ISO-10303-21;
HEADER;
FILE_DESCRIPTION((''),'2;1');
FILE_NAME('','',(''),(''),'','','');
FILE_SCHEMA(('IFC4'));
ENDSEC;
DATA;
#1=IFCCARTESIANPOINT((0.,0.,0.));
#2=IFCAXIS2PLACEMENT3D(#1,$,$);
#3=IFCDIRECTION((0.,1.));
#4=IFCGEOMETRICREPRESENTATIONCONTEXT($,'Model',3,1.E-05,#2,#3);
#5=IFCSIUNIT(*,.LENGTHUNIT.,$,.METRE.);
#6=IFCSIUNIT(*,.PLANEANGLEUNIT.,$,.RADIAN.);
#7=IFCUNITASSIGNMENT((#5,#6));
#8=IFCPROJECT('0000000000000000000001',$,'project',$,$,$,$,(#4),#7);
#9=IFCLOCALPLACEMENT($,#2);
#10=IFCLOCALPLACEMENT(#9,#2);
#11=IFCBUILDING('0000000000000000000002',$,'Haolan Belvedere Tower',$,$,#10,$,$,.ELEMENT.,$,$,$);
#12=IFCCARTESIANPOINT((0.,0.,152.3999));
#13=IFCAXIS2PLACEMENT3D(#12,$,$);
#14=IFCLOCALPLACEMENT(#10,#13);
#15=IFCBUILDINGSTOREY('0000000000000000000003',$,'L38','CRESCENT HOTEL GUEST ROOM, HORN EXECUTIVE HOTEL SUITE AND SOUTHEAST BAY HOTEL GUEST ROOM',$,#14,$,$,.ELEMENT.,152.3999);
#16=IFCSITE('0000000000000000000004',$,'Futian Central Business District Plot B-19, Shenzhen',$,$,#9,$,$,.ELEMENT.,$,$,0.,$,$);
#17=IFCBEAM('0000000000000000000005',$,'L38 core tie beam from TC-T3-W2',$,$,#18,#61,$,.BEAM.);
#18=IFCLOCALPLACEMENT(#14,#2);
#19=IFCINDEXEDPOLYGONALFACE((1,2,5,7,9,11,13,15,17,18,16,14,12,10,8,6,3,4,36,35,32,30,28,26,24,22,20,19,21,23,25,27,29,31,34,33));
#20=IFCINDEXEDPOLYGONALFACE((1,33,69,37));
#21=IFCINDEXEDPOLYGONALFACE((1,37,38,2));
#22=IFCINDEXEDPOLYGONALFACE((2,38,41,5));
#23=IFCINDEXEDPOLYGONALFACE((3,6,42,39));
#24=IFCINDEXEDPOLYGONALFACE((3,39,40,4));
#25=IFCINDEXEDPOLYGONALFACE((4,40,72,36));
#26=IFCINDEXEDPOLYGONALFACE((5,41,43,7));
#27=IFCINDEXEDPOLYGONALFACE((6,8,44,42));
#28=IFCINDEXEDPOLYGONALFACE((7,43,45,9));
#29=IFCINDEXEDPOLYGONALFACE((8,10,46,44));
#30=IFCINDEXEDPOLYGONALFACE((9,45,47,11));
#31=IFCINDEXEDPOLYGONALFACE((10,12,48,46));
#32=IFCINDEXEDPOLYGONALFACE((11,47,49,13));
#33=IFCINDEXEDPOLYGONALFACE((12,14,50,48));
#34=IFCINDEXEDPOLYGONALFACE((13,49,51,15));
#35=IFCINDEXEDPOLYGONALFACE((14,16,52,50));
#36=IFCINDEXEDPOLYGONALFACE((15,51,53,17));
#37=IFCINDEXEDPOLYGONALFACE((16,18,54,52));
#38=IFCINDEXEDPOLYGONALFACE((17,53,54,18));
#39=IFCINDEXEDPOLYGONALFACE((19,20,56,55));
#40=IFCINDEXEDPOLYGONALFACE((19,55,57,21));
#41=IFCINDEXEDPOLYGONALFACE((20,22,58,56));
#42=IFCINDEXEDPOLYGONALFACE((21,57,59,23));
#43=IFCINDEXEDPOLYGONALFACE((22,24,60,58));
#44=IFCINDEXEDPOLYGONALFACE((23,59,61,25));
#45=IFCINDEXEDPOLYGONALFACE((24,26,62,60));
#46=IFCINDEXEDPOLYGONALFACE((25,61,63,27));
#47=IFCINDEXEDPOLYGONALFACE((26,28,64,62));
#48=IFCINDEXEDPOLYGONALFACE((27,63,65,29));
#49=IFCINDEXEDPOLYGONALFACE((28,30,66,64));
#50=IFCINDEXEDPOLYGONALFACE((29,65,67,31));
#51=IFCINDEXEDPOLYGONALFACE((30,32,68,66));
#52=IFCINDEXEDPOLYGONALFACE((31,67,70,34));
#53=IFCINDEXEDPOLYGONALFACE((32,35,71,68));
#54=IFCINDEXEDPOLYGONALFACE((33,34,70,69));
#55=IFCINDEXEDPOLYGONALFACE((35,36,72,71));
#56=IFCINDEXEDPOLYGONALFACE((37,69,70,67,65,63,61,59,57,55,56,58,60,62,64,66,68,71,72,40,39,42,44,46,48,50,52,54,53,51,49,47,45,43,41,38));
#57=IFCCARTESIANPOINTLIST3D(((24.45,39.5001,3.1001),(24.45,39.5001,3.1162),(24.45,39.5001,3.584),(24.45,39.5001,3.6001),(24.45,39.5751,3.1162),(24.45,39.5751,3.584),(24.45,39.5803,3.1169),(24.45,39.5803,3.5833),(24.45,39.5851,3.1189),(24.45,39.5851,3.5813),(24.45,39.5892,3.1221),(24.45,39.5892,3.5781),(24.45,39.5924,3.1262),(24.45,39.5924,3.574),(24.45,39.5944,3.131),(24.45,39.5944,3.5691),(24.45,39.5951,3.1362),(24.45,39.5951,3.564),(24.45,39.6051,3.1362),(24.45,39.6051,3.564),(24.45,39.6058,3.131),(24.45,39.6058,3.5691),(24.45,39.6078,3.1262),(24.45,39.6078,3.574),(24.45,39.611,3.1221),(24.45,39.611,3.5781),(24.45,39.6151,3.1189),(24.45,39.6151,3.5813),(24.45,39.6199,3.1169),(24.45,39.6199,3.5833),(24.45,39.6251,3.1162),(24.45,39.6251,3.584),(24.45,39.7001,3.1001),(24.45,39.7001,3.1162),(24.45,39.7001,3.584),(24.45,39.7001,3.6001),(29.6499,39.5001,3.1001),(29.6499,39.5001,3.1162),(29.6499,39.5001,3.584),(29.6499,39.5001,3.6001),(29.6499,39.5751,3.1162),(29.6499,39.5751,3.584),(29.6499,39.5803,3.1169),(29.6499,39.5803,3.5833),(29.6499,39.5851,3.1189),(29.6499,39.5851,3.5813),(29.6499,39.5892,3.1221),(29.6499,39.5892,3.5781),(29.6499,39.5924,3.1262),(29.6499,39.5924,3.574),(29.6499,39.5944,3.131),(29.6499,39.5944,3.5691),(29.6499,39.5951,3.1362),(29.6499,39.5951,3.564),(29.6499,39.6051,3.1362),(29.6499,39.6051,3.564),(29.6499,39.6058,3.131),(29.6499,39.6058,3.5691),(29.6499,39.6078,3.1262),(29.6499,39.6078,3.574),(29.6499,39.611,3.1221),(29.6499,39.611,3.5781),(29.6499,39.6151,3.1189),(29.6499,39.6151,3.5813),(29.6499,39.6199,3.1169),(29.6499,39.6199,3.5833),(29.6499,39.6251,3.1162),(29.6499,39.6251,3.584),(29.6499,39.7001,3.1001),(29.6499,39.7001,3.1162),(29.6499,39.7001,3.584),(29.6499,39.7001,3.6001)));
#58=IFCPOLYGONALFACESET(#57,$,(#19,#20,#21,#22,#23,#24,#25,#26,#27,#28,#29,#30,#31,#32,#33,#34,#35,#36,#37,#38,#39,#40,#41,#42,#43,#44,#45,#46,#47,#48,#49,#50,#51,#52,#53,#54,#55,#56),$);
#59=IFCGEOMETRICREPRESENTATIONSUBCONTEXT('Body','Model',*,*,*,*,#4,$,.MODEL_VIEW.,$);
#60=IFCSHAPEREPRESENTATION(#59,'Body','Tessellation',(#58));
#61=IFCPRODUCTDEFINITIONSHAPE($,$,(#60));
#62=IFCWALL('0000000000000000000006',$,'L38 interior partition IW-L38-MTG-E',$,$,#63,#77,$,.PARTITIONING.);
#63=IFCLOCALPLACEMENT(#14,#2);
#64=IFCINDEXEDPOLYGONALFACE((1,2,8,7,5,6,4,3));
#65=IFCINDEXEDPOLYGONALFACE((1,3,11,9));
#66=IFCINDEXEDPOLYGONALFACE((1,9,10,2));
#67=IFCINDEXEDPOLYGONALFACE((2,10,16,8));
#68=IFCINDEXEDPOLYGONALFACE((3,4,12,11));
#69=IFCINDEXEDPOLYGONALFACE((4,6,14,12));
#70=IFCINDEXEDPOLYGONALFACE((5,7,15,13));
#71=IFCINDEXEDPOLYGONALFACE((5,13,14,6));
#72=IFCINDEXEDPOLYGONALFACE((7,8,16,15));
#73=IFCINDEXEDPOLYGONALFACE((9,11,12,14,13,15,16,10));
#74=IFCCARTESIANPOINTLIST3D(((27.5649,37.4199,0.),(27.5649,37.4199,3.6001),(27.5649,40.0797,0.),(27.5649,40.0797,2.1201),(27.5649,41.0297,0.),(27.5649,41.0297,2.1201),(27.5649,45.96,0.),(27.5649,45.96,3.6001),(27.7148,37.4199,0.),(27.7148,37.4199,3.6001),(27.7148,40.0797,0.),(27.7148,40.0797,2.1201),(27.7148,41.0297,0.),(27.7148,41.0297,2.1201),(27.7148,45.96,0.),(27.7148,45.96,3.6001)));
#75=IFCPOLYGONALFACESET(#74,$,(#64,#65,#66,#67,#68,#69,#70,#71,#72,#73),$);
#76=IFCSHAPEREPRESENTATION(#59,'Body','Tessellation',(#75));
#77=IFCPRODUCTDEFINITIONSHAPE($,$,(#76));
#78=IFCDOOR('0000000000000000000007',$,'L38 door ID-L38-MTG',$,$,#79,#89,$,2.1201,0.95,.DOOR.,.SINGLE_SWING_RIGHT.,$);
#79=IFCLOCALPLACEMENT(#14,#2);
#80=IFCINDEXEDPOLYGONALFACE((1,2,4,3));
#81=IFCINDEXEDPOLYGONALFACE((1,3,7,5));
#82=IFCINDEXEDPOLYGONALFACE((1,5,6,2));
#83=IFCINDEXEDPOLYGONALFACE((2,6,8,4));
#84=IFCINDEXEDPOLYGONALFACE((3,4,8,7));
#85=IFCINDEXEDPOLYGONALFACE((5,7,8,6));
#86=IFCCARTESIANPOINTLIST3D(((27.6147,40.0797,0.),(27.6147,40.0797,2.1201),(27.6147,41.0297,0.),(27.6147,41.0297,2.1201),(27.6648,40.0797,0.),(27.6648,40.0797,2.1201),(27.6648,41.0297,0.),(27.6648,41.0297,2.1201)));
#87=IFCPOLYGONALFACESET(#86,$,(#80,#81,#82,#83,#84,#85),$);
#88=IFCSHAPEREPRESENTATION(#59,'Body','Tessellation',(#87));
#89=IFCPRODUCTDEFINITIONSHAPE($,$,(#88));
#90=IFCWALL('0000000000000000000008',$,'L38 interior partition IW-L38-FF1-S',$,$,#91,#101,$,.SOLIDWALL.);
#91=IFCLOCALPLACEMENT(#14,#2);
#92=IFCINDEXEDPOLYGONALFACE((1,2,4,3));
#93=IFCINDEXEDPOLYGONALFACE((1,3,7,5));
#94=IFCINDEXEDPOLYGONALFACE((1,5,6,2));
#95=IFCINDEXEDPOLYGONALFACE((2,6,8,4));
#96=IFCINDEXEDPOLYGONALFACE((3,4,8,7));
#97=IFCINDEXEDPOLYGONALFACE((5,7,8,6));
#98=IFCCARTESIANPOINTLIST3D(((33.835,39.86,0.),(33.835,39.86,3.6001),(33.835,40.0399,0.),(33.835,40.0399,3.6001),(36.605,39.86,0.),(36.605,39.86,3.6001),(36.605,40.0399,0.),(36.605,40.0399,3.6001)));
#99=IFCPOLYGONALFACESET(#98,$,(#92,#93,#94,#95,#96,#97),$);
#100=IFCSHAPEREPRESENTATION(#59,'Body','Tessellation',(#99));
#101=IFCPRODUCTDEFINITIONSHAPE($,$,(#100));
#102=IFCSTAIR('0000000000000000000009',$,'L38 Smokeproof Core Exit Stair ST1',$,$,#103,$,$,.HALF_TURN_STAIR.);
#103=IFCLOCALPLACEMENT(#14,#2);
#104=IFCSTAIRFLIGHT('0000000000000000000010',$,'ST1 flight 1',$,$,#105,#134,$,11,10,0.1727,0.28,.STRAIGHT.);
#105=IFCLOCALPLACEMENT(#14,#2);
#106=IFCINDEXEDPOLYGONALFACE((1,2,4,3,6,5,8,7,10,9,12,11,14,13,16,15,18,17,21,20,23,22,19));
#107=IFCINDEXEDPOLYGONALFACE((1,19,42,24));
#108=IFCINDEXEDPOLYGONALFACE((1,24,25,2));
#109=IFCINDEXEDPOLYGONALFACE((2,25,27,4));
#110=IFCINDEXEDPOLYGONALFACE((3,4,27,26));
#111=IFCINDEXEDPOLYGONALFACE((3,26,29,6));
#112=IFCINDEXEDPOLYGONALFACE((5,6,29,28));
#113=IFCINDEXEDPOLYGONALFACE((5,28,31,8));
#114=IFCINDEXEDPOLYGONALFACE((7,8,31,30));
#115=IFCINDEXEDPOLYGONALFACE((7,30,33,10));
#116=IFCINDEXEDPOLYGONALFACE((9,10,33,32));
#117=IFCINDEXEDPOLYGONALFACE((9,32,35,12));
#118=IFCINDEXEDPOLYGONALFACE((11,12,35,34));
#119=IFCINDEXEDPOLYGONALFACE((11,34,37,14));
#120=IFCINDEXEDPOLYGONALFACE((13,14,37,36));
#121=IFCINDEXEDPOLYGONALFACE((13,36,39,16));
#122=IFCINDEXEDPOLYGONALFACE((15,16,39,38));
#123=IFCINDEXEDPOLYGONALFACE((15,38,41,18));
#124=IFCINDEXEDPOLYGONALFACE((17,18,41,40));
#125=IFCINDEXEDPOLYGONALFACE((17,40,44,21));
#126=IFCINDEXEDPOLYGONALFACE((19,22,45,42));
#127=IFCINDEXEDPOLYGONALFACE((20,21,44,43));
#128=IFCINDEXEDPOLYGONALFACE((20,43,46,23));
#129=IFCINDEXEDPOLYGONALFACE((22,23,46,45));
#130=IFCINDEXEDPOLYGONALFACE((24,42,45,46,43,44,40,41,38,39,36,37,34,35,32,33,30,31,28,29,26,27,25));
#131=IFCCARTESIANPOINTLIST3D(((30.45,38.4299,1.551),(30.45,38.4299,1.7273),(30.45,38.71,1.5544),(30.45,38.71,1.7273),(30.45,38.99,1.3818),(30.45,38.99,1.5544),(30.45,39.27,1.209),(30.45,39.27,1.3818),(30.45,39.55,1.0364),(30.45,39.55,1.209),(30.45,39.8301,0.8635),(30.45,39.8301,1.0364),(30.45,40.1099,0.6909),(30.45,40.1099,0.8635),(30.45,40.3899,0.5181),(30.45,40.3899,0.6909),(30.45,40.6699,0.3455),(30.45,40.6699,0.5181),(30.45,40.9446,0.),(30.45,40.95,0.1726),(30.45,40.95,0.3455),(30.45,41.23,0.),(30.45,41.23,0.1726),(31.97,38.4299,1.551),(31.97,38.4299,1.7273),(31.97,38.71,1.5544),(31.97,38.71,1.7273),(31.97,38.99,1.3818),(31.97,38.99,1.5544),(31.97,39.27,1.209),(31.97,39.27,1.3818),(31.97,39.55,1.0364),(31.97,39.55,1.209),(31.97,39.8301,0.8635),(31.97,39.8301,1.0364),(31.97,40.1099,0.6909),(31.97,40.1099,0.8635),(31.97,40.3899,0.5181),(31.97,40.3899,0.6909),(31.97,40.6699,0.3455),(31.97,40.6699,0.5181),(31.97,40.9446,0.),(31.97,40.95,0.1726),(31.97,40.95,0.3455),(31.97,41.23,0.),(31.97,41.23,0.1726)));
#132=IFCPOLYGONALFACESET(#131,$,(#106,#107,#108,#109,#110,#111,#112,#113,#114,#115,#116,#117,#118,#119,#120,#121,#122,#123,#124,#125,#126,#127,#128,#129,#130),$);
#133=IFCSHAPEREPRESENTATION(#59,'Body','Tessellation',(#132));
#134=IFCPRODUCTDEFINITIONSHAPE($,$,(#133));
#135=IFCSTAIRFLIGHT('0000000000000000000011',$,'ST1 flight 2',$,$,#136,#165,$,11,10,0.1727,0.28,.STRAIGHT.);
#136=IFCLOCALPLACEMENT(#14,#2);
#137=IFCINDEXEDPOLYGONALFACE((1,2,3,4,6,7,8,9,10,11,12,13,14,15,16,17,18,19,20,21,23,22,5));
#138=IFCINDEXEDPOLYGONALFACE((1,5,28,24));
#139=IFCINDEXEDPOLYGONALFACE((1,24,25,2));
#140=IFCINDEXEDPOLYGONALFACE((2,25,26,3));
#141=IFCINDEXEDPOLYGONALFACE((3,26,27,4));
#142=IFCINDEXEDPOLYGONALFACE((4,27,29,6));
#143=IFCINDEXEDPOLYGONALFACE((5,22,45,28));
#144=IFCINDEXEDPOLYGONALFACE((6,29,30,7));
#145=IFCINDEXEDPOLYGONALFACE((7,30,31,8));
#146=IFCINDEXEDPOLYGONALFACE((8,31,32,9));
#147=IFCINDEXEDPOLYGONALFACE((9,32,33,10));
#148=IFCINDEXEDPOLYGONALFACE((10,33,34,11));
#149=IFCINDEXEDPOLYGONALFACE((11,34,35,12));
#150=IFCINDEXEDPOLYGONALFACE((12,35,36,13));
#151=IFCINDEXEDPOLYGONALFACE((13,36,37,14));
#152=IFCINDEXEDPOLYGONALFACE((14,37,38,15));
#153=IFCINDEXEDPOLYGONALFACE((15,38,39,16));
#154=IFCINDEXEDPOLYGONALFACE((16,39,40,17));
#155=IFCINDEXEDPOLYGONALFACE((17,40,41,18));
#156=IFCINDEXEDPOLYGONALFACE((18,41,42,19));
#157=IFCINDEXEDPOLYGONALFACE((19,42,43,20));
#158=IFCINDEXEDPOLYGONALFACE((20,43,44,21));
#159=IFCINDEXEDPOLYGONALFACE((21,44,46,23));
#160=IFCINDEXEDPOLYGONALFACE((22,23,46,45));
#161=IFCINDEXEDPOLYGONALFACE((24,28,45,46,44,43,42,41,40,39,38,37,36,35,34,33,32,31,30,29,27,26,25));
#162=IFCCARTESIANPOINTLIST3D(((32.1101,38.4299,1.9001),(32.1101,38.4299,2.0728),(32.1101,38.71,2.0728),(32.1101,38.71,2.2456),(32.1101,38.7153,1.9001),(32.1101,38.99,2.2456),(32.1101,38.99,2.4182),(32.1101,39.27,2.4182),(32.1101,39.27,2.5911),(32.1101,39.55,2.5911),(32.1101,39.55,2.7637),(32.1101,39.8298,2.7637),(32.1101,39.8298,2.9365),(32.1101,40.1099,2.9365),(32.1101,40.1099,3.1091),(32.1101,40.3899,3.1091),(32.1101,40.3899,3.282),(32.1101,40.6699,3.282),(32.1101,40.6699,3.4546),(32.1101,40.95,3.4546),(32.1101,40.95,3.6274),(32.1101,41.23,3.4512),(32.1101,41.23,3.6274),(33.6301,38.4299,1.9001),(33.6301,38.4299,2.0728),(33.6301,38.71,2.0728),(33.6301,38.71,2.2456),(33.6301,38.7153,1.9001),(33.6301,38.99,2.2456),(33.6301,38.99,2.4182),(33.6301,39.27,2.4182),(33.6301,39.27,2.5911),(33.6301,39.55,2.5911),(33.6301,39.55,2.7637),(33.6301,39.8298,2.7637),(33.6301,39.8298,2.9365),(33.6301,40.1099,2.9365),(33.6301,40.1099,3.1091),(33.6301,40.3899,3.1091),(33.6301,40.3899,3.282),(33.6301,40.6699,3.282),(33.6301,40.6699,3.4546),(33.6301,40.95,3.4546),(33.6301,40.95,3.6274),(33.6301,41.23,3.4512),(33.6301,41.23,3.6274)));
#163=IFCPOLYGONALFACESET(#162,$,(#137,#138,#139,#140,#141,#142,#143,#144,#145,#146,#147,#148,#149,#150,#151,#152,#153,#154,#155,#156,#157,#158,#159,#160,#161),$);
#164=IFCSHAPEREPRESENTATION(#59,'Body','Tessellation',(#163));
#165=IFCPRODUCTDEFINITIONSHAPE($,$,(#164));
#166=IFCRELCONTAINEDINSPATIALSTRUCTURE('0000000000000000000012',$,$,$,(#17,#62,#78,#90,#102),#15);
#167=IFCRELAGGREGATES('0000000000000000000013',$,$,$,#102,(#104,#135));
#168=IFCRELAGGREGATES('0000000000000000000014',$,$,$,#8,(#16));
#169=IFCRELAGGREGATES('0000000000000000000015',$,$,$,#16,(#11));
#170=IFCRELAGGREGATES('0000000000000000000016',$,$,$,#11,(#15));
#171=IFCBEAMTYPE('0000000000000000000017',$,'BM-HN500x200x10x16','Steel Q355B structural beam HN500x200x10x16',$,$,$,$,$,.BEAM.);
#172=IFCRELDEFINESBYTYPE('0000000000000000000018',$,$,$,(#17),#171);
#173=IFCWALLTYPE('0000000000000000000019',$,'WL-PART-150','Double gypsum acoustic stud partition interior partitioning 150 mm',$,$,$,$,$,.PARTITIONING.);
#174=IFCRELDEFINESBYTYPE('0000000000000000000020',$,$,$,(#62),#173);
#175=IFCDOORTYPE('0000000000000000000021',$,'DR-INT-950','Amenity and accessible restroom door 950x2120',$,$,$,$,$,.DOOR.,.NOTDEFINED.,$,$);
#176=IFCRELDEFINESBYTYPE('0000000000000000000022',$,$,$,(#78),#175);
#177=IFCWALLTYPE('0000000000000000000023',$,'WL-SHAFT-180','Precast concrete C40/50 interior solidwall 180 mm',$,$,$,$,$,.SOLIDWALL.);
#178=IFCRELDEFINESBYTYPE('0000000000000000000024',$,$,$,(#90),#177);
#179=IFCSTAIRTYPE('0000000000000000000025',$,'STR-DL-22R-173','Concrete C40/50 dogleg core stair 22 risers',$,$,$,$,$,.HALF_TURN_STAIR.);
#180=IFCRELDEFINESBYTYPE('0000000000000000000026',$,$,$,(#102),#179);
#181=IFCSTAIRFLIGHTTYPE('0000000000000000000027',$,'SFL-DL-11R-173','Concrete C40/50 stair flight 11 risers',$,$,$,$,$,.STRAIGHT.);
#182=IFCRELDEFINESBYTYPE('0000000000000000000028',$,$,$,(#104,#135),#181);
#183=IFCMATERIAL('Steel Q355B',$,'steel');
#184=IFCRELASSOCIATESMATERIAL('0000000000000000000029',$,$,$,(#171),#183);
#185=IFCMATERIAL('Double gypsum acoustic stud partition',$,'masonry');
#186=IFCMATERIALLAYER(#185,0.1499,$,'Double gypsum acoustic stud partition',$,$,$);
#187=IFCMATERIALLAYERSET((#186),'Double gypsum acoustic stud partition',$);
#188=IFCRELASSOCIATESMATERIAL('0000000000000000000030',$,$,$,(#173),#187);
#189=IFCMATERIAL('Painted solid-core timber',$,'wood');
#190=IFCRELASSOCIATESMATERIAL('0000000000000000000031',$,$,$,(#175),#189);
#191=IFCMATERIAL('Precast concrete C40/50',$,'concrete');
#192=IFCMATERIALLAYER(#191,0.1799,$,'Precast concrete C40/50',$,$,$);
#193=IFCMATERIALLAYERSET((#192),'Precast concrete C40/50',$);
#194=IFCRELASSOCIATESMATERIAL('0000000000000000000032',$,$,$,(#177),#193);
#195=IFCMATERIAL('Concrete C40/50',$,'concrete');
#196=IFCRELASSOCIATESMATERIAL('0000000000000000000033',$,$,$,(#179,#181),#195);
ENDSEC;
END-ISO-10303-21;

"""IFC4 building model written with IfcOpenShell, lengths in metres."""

from ifc_helpers import new_model, si_unit, direction, frame, frame_2d, origin, origin_2d, place, context, subcontext, project, spatial, polyline, rectangle, i_section, outline, extrude, material, layer, layer_set, material_profile, profile_set, type_object, element, fill, aggregate, save


model = new_model("IFC4")

# Units and contexts
model_context = context("Model", 3, precision=1e-05, world=origin(), true_north=direction((0.0, 1.0)))
body_context = subcontext(model_context, "Body", "Model", "MODEL_VIEW")
ifc_project = project(units=[si_unit("LENGTHUNIT", "METRE"), si_unit("PLANEANGLEUNIT", "RADIAN")], contexts=[model_context])

# Site, building, storey
site_placement = place(None, origin())
site = spatial("IfcSite", under=ifc_project, at=site_placement, Name="Futian Central Business District Plot B-19, Shenzhen", CompositionType="ELEMENT", RefElevation=0.0)
building_placement = place(site_placement, origin())
building = spatial("IfcBuilding", under=site, at=building_placement, Name="Haolan Belvedere Tower", CompositionType="ELEMENT")
storey_placement = place(building_placement, frame((0.0, 0.0, 152.3999)))
storey = spatial("IfcBuildingStorey", under=building, at=storey_placement, Name="L38", Description="CRESCENT HOTEL GUEST ROOM, HORN EXECUTIVE HOTEL SUITE AND SOUTHEAST BAY HOTEL GUEST ROOM", CompositionType="ELEMENT", Elevation=152.3999)

# Beam
ifc_material_1 = material(Name="Steel Q355B", Category="steel")
ifc_material_profile = material_profile(ifc_material_1, i_section(OverallWidth=0.2, OverallDepth=0.5, WebThickness=0.01, FlangeThickness=0.0161, FilletRadius=0.02, at=origin_2d()), Name="Steel Q355B")
ifc_profile_set = profile_set([ifc_material_profile], Name="Steel Q355B")
beam_type = type_object("IfcBeamType", Name="BM-HN500x200x10x16", Description="Steel Q355B structural beam HN500x200x10x16", PredefinedType="BEAM", material=ifc_profile_set)
beam_placement = place(storey_placement, frame((24.45, 39.6001, 3.3501), z_axis=(1.0, 0.0, 0.0), x_axis=(0.0, 1.0, 0.0)))
element("IfcBeam", 1, at=beam_placement, inside=storey, type_object=beam_type, Name="L38 core tie beam from TC-T3-W2", PredefinedType="BEAM", context=body_context, shape_type="SweptSolid", body=[
    extrude(i_section(OverallWidth=0.2, OverallDepth=0.5, WebThickness=0.01, FlangeThickness=0.0161, FilletRadius=0.02, at=origin_2d()), origin(), (0.0, 0.0, 1.0), 5.2),
])

# Wall, opening, door
ifc_material_2 = material(Name="Double gypsum acoustic stud partition", Category="masonry")
ifc_layer_1 = layer(ifc_material_2, 0.1499, Name="Double gypsum acoustic stud partition")
ifc_layer_set_1 = layer_set([ifc_layer_1], Name="Double gypsum acoustic stud partition")
wall_type_1 = type_object("IfcWallType", Name="WL-PART-150", Description="Double gypsum acoustic stud partition interior partitioning 150 mm", PredefinedType="PARTITIONING", material=ifc_layer_set_1)
wall_1_placement = place(storey_placement, frame((27.6399, 37.4199, 0.0), z_axis=(0.0, 0.0, 1.0), x_axis=(0.0, 1.0, 0.0)))
wall_1 = element("IfcWall", 2, at=wall_1_placement, inside=storey, type_object=wall_type_1, Name="L38 interior partition IW-L38-MTG-E", PredefinedType="PARTITIONING", context=body_context, shape_type="SweptSolid", body=[
    extrude(rectangle(XDim=8.54, YDim=0.1499, at=frame_2d((4.27, 0.0))), origin(), (0.0, 0.0, 1.0), 3.6001),
])
opening_placement = place(wall_1_placement, frame((3.6099, 0.0, 0.0), z_axis=(0.0, 0.0, 1.0), x_axis=(-1.0, 0.0, 0.0)))
opening = element("IfcOpeningElement", 3, at=opening_placement, cuts=wall_1, PredefinedType="OPENING", context=body_context, shape_type="SweptSolid", body=[
    extrude(rectangle(XDim=0.95, YDim=2.1201, at=frame_2d((0.4751, 1.0601))), frame((0.0, 0.085, 0.0), z_axis=(0.0, -1.0, 0.0), x_axis=(1.0, 0.0, 0.0)), (0.0, 0.0, 1.0), 0.1699),
])
ifc_material_3 = material(Name="Painted solid-core timber", Category="wood")
door_type = type_object("IfcDoorType", Name="DR-INT-950", Description="Amenity and accessible restroom door 950x2120", OperationType="NOTDEFINED", PredefinedType="DOOR", material=ifc_material_3)
door_placement = place(opening_placement, origin())
door = element("IfcDoor", 4, at=door_placement, inside=storey, type_object=door_type, Name="L38 door ID-L38-MTG", OperationType="SINGLE_SWING_RIGHT", OverallHeight=2.1201, OverallWidth=0.95, PredefinedType="DOOR", context=body_context, shape_type="SweptSolid", body=[
    extrude(rectangle(XDim=0.95, YDim=2.1201, at=frame_2d((0.4751, 1.0601))), frame((0.0, 0.0249, 0.0), z_axis=(0.0, -1.0, 0.0), x_axis=(1.0, 0.0, 0.0)), (0.0, 0.0, 1.0), 0.05),
])
fill(opening, door)

# Wall
ifc_material_4 = material(Name="Precast concrete C40/50", Category="concrete")
ifc_layer_2 = layer(ifc_material_4, 0.1799, Name="Precast concrete C40/50")
ifc_layer_set_2 = layer_set([ifc_layer_2], Name="Precast concrete C40/50")
wall_type_2 = type_object("IfcWallType", Name="WL-SHAFT-180", Description="Precast concrete C40/50 interior solidwall 180 mm", PredefinedType="SOLIDWALL", material=ifc_layer_set_2)
wall_2_placement = place(storey_placement, frame((33.835, 39.95, 0.0), z_axis=(0.0, 0.0, 1.0), x_axis=(1.0, 0.0, 0.0)))
element("IfcWall", 5, at=wall_2_placement, inside=storey, type_object=wall_type_2, Name="L38 interior partition IW-L38-FF1-S", PredefinedType="SOLIDWALL", context=body_context, shape_type="SweptSolid", body=[
    extrude(rectangle(XDim=2.77, YDim=0.1799, at=frame_2d((1.385, 0.0))), origin(), (0.0, 0.0, 1.0), 3.6001),
])

# Stair, stair flights
ifc_material_5 = material(Name="Concrete C40/50", Category="concrete")
stair_type = type_object("IfcStairType", Name="STR-DL-22R-173", Description="Concrete C40/50 dogleg core stair 22 risers", PredefinedType="HALF_TURN_STAIR", material=ifc_material_5)
stair_placement = place(storey_placement, origin())
stair = element("IfcStair", 6, at=stair_placement, inside=storey, type_object=stair_type, Name="L38 Smokeproof Core Exit Stair ST1", PredefinedType="HALF_TURN_STAIR")
stair_flight_type = type_object("IfcStairFlightType", Name="SFL-DL-11R-173", Description="Concrete C40/50 stair flight 11 risers", PredefinedType="STRAIGHT", material=ifc_material_5)
stair_flight_1_placement = place(storey_placement, frame((31.21, 41.23, 0.0), z_axis=(0.0, 0.0, 1.0), x_axis=(0.0, -1.0, 0.0)))
stair_flight_1 = element("IfcStairFlight", 7, at=stair_flight_1_placement, type_object=stair_flight_type, Name="ST1 flight 1", NumberOfRisers=11, NumberOfTreads=10, PredefinedType="STRAIGHT", RiserHeight=0.1727, TreadLength=0.28, context=body_context, shape_type="SweptSolid", body=[
    extrude(outline(polyline([(0.0, 0.0), (0.0, 0.1726), (0.28, 0.1726), (0.28, 0.3455), (0.5601, 0.3455), (0.5601, 0.5181), (0.8401, 0.5181), (0.8401, 0.6909), (1.1201, 0.6909), (1.1201, 0.8635), (1.3999, 0.8635), (1.3999, 1.0364), (1.6799, 1.0364), (1.6799, 1.209), (1.96, 1.209), (1.96, 1.3818), (2.24, 1.3818), (2.24, 1.5544), (2.52, 1.5544), (2.52, 1.7273), (2.8, 1.7273), (2.8, 1.8999), (2.8, 1.551), (0.2854, 0.0), (0.0, 0.0)])), frame((0.0, 0.76, 0.0), z_axis=(0.0, -1.0, 0.0), x_axis=(1.0, 0.0, 0.0)), (0.0, 0.0, 1.0), 1.52),
])
stair_flight_2_placement = place(storey_placement, frame((32.8701, 38.4299, 1.9001), z_axis=(0.0, 0.0, 1.0), x_axis=(0.0, 1.0, 0.0)))
stair_flight_2 = element("IfcStairFlight", 8, at=stair_flight_2_placement, type_object=stair_flight_type, Name="ST1 flight 2", NumberOfRisers=11, NumberOfTreads=10, PredefinedType="STRAIGHT", RiserHeight=0.1727, TreadLength=0.28, context=body_context, shape_type="SweptSolid", body=[
    extrude(outline(polyline([(0.0, 0.0), (0.0, 0.1726), (0.28, 0.1726), (0.28, 0.3455), (0.5601, 0.3455), (0.5601, 0.5181), (0.8401, 0.5181), (0.8401, 0.6909), (1.1201, 0.6909), (1.1201, 0.8635), (1.3999, 0.8635), (1.3999, 1.0364), (1.6799, 1.0364), (1.6799, 1.209), (1.96, 1.209), (1.96, 1.3818), (2.24, 1.3818), (2.24, 1.5544), (2.52, 1.5544), (2.52, 1.7273), (2.8, 1.7273), (2.8, 1.8999), (2.8, 1.551), (0.2854, 0.0), (0.0, 0.0)])), frame((0.0, 0.76, 0.0), z_axis=(0.0, -1.0, 0.0), x_axis=(1.0, 0.0, 0.0)), (0.0, 0.0, 1.0), 1.52),
])
aggregate(stair, [stair_flight_1, stair_flight_2])

save(model, "model.ifc")
